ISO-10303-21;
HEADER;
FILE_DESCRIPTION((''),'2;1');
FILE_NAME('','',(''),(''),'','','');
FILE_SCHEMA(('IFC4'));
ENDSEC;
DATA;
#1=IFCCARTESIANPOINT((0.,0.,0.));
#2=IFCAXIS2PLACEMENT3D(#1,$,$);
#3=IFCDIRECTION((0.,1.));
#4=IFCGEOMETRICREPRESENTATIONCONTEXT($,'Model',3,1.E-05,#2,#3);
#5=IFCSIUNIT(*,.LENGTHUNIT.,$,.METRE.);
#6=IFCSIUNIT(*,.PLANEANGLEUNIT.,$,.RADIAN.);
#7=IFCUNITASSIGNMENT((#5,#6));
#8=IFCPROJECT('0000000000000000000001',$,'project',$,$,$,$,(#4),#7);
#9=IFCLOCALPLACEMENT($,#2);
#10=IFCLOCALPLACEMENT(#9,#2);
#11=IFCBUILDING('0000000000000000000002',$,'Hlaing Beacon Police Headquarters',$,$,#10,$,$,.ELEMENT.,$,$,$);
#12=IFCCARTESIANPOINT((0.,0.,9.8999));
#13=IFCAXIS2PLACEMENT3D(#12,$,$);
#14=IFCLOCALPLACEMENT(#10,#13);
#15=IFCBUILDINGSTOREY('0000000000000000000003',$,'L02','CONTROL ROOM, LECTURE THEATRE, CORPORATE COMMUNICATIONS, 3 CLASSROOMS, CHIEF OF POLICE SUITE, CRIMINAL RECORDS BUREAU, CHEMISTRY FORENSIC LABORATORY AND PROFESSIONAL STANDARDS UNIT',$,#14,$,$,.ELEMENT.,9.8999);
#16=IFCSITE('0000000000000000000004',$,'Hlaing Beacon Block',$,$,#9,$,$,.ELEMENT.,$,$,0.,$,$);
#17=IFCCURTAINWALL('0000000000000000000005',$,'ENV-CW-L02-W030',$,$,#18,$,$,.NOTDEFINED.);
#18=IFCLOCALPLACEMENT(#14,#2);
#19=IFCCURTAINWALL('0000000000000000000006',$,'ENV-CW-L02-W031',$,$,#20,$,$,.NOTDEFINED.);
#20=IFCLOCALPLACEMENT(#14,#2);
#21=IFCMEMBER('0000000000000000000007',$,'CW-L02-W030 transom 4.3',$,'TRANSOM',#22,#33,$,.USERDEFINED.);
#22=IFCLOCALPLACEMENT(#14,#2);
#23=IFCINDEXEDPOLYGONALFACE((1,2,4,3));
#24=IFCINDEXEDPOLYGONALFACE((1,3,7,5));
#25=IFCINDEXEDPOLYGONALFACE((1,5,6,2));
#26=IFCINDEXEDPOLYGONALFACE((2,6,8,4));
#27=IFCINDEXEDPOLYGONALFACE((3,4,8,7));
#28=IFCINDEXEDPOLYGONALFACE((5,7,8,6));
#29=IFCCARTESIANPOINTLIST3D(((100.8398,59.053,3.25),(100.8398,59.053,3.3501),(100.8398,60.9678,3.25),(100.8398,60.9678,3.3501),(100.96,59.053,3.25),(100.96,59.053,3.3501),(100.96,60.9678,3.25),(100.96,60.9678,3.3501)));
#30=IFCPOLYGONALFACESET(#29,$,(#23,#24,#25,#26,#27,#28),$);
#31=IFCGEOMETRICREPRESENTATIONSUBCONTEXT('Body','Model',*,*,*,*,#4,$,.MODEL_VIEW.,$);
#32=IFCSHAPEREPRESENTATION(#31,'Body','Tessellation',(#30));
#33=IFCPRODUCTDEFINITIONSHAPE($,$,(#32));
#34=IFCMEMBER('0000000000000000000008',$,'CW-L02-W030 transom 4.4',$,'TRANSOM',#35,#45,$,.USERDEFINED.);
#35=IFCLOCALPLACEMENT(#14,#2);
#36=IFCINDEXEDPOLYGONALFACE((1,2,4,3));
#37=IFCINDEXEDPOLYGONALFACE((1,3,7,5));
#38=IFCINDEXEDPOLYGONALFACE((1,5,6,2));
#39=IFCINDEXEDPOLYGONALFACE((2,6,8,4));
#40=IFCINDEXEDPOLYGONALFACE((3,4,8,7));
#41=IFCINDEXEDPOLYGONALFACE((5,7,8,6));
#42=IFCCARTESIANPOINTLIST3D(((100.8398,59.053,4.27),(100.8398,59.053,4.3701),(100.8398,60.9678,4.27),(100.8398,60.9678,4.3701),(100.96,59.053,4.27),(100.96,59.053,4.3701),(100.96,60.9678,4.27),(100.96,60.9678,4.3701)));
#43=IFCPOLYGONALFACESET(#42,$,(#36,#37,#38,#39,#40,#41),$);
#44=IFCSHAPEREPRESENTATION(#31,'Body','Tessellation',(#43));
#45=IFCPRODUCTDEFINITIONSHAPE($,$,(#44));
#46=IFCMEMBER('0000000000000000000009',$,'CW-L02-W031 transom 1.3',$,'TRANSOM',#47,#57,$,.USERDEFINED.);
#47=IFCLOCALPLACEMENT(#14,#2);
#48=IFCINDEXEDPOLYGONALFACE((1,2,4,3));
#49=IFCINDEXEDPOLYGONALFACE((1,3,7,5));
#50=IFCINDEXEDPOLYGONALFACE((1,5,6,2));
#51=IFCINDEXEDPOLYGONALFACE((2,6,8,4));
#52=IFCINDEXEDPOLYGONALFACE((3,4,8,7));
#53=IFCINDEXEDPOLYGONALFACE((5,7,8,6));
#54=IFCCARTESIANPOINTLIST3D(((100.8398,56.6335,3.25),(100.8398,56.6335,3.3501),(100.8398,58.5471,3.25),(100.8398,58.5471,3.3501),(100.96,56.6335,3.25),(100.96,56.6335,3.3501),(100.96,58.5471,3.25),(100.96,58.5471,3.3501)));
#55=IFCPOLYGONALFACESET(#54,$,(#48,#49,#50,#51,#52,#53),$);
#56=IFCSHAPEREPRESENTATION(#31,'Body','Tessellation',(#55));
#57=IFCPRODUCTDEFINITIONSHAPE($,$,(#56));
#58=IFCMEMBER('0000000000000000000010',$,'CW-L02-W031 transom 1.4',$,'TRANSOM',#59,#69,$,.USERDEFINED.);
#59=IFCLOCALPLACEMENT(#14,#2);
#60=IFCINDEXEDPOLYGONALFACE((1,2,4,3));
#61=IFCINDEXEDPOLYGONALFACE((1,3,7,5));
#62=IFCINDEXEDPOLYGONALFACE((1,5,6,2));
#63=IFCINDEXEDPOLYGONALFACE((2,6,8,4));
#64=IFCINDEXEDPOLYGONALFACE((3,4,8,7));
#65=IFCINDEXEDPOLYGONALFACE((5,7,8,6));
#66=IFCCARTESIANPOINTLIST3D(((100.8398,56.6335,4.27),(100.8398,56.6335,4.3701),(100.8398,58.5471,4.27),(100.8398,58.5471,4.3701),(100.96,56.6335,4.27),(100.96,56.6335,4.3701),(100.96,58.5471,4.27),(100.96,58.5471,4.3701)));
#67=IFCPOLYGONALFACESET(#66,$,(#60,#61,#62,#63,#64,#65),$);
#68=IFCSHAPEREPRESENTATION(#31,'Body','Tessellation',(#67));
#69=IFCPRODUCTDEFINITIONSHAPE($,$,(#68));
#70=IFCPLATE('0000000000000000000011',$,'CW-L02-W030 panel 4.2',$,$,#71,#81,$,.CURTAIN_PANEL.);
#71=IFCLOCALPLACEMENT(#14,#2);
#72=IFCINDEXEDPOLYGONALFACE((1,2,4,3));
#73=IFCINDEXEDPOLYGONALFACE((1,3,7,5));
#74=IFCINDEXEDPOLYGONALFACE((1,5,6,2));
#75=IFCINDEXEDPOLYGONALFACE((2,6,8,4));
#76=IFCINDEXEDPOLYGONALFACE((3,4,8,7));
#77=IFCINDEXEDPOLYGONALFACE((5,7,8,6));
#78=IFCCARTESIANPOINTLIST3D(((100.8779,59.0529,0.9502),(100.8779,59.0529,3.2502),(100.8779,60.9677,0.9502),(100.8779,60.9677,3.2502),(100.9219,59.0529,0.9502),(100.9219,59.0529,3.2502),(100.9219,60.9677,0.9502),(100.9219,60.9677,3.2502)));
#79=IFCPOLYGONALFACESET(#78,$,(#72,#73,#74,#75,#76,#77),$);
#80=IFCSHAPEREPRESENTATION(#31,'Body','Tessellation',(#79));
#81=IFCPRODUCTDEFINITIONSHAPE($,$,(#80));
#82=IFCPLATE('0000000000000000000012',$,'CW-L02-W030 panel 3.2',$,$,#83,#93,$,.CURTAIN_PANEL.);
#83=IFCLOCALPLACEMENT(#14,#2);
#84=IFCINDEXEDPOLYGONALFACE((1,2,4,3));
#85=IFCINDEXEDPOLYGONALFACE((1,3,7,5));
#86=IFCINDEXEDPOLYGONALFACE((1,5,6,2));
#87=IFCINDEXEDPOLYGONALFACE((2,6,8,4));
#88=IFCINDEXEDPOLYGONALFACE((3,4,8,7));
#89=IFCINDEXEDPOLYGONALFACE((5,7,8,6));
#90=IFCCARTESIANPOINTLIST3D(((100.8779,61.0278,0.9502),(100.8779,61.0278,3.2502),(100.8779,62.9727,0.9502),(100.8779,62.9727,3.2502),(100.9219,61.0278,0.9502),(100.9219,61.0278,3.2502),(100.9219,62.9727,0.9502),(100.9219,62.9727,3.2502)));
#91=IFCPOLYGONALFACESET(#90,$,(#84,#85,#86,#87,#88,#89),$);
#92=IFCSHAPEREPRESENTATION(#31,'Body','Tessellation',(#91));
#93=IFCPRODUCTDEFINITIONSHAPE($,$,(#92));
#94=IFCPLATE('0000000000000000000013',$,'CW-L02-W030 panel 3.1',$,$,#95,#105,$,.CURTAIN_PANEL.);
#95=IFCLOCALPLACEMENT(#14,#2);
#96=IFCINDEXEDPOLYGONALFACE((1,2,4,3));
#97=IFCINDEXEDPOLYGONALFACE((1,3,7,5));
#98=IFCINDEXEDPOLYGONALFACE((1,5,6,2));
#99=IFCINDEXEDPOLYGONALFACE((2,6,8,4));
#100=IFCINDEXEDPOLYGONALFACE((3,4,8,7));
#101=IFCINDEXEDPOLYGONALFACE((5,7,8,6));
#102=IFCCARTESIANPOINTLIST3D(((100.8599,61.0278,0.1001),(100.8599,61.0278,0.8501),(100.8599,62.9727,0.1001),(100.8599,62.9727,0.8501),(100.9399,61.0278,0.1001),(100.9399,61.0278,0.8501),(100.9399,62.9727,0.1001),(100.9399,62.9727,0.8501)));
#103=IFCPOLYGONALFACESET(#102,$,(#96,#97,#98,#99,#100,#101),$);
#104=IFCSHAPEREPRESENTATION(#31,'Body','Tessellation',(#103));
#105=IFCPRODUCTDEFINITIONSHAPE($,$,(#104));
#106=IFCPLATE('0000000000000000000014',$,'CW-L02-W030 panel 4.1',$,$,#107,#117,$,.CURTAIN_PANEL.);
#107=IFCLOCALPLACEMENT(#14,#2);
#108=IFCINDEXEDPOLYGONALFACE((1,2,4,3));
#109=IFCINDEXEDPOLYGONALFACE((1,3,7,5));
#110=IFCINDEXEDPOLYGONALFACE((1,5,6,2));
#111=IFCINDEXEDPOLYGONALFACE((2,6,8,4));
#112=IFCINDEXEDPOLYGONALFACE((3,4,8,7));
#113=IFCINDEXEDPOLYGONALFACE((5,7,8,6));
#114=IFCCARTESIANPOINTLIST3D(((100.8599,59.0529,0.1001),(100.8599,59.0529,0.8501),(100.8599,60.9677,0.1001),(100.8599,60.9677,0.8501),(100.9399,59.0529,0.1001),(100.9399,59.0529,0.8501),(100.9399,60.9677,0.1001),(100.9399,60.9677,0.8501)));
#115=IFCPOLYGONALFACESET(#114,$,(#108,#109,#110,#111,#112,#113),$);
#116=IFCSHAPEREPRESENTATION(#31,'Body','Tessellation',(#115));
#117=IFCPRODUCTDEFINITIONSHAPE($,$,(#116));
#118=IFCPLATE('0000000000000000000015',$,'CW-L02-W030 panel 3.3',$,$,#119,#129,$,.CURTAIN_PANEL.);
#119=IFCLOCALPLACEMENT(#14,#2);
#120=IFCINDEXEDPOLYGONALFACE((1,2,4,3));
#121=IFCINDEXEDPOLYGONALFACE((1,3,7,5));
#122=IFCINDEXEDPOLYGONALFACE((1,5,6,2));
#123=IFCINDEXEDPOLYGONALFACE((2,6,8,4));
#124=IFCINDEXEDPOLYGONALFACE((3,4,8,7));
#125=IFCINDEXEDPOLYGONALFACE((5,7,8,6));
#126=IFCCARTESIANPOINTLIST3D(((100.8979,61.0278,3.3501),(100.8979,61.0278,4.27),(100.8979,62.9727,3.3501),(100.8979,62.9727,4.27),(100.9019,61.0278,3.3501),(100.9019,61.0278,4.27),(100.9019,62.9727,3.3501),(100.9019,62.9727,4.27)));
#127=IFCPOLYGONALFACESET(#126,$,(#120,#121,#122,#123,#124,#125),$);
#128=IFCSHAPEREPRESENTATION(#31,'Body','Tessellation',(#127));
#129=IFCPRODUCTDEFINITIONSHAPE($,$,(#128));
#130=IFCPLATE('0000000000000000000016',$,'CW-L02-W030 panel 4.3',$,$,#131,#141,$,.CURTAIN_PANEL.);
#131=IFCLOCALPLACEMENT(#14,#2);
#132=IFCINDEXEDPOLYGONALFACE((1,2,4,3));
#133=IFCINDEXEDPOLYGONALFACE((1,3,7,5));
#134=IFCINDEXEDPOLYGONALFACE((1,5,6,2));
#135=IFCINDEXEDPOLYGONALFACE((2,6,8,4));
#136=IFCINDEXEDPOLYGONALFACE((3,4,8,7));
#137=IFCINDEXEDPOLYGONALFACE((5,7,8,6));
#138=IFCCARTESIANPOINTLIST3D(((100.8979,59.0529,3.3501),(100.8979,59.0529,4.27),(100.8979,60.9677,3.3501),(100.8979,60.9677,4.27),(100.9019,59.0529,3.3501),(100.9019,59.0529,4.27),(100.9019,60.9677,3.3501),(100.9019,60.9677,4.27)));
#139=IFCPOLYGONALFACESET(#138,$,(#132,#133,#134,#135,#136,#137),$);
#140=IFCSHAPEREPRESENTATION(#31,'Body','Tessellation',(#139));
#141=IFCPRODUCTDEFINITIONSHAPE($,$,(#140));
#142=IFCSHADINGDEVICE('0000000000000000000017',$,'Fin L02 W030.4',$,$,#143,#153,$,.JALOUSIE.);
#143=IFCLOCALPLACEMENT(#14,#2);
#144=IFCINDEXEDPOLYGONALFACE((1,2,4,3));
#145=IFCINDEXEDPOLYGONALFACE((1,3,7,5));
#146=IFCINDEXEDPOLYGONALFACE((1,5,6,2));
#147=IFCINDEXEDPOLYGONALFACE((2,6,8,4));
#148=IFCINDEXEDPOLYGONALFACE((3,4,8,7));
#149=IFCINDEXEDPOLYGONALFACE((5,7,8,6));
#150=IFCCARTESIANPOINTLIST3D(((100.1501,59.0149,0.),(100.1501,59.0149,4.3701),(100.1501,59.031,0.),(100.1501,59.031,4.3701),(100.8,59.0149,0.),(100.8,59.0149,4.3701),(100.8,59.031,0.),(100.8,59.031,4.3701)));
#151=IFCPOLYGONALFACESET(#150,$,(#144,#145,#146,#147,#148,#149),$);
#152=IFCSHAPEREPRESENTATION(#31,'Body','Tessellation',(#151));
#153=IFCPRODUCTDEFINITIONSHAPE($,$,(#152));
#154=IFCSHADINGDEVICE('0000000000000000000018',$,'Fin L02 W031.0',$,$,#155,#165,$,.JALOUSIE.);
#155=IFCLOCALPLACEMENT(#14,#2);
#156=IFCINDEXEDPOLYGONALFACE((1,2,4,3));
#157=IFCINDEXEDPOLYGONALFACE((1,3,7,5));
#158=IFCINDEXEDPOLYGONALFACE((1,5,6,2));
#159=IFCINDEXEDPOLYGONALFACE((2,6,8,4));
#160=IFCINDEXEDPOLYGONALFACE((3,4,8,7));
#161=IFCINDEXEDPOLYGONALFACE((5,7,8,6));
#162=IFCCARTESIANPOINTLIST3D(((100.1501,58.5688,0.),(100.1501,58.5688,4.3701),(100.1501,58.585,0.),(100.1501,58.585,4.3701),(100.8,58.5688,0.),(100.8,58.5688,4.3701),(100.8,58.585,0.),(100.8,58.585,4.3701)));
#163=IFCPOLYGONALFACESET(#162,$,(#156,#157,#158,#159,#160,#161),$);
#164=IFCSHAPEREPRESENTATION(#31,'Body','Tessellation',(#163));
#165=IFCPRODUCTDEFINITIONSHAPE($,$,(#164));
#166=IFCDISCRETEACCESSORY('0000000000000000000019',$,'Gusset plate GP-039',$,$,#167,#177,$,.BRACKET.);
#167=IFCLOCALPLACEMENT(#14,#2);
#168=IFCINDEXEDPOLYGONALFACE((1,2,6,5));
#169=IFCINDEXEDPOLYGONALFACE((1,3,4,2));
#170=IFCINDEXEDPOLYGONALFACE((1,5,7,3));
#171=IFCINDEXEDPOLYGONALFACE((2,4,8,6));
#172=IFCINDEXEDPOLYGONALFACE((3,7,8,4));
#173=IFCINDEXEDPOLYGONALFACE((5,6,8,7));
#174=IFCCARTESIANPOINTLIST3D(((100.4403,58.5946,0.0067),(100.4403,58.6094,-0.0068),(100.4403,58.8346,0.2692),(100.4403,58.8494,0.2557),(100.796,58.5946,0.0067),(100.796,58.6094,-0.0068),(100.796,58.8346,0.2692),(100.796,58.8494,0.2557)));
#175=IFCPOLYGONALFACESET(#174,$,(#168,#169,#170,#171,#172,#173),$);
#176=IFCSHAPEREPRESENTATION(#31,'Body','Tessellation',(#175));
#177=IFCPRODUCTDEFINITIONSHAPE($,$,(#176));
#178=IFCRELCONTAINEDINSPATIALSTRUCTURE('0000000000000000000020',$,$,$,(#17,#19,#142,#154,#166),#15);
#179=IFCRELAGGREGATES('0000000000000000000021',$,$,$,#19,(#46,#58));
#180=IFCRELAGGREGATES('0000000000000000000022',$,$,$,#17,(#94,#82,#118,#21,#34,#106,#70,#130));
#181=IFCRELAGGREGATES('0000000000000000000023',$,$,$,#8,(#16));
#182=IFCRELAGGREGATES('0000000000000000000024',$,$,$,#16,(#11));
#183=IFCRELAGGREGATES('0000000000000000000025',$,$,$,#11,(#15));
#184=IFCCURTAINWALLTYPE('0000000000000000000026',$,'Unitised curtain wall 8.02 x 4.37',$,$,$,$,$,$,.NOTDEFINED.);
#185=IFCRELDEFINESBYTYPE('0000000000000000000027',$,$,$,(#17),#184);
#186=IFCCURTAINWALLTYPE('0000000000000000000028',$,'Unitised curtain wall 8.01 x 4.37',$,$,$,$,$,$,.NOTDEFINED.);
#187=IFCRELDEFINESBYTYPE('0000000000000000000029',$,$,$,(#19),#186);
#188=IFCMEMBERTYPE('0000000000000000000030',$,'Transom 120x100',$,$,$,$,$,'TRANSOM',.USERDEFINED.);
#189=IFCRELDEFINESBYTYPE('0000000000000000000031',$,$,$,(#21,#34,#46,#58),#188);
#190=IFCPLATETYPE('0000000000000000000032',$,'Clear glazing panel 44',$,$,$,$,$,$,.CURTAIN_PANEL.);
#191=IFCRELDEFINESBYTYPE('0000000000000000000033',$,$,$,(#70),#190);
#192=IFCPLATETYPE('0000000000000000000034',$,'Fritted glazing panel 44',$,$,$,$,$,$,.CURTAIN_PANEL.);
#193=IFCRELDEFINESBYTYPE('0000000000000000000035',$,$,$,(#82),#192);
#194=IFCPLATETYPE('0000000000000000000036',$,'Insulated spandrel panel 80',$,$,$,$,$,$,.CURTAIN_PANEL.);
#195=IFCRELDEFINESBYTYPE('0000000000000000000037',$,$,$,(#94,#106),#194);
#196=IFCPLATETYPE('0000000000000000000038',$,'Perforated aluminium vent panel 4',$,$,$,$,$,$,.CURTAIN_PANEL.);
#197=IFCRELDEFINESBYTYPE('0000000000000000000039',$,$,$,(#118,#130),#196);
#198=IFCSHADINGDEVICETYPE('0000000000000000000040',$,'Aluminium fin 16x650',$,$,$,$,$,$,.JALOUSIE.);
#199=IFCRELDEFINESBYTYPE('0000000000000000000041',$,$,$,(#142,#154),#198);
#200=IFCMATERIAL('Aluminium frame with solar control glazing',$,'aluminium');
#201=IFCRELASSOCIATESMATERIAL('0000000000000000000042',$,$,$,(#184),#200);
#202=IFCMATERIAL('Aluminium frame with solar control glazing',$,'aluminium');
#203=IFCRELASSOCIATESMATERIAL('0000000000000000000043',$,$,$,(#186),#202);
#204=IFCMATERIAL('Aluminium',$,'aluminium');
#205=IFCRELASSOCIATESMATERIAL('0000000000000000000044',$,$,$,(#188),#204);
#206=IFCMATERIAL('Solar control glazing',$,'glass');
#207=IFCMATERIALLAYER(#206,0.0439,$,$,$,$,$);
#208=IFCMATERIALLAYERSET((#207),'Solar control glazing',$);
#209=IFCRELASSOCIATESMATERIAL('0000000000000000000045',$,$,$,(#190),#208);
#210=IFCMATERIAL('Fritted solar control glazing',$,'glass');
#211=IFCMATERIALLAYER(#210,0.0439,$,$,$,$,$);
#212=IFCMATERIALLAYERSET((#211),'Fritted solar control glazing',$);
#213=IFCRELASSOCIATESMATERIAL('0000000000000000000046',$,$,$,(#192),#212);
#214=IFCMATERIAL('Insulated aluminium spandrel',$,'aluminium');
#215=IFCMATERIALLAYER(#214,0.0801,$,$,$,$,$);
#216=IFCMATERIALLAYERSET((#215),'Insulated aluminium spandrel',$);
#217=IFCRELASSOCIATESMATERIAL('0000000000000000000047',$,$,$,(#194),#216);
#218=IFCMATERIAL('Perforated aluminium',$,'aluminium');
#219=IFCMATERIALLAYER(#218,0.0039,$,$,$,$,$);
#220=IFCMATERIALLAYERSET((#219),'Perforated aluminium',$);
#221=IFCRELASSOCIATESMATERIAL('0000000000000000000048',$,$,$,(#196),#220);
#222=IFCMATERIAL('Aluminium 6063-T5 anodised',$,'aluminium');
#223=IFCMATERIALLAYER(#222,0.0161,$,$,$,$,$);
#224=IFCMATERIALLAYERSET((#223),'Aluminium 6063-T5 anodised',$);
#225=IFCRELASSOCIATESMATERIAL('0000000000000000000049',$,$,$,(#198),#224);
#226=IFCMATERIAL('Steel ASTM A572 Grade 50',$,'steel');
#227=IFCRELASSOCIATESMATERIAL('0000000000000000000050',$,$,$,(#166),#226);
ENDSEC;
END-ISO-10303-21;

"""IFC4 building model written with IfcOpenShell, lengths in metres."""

from ifc_helpers import new_model, si_unit, direction, frame, origin, origin_2d, place, context, subcontext, project, spatial, rectangle, extrude, material, layer, layer_set, material_profile, profile_set, type_object, element, aggregate, save


model = new_model("IFC4")

# Units and contexts
model_context = context("Model", 3, precision=1e-05, world=origin(), true_north=direction((0.0, 1.0)))
body_context = subcontext(model_context, "Body", "Model", "MODEL_VIEW")
ifc_project = project(units=[si_unit("LENGTHUNIT", "METRE"), si_unit("PLANEANGLEUNIT", "RADIAN")], contexts=[model_context])

# Site, building, storey
site_placement = place(None, origin())
site = spatial("IfcSite", under=ifc_project, at=site_placement, Name="Hlaing Beacon Block", CompositionType="ELEMENT", RefElevation=0.0)
building_placement = place(site_placement, origin())
building = spatial("IfcBuilding", under=site, at=building_placement, Name="Hlaing Beacon Police Headquarters", CompositionType="ELEMENT")
storey_placement = place(building_placement, frame((0.0, 0.0, 9.8999)))
storey = spatial("IfcBuildingStorey", under=building, at=storey_placement, Name="L02", Description="CONTROL ROOM, LECTURE THEATRE, CORPORATE COMMUNICATIONS, 3 CLASSROOMS, CHIEF OF POLICE SUITE, CRIMINAL RECORDS BUREAU, CHEMISTRY FORENSIC LABORATORY AND PROFESSIONAL STANDARDS UNIT", CompositionType="ELEMENT", Elevation=9.8999)

# Curtain wall
ifc_material_1 = material(Name="Aluminium frame with solar control glazing", Category="aluminium")
curtain_wall_type_1 = type_object("IfcCurtainWallType", Name="Unitised curtain wall 8.02 x 4.37", PredefinedType="NOTDEFINED", material=ifc_material_1)
curtain_wall_1_placement = place(storey_placement, origin())
curtain_wall_1 = element("IfcCurtainWall", 1, at=curtain_wall_1_placement, inside=storey, type_object=curtain_wall_type_1, Name="ENV-CW-L02-W030", PredefinedType="NOTDEFINED")

# Curtain wall
ifc_material_2 = material(Name="Aluminium frame with solar control glazing", Category="aluminium")
curtain_wall_type_2 = type_object("IfcCurtainWallType", Name="Unitised curtain wall 8.01 x 4.37", PredefinedType="NOTDEFINED", material=ifc_material_2)
curtain_wall_2_placement = place(storey_placement, origin())
curtain_wall_2 = element("IfcCurtainWall", 2, at=curtain_wall_2_placement, inside=storey, type_object=curtain_wall_type_2, Name="ENV-CW-L02-W031", PredefinedType="NOTDEFINED")

# Members
ifc_material_3 = material(Name="Aluminium", Category="aluminium")
ifc_material_profile_1 = material_profile(ifc_material_3, rectangle(XDim=0.1201, YDim=0.1001, at=origin_2d()), Name="Transom 120x100")
ifc_profile_set_1 = profile_set([ifc_material_profile_1], Name="Aluminium")
member_type_1 = type_object("IfcMemberType", Name="Transom 120x100", ElementType="TRANSOM", PredefinedType="USERDEFINED", material=ifc_profile_set_1)
member_1_placement = place(storey_placement, frame((100.8999, 60.9678, 3.3), z_axis=(0.0, -1.0, 0.0), x_axis=(1.0, 0.0, 0.0)))
member_1 = element("IfcMember", 3, at=member_1_placement, type_object=member_type_1, Name="CW-L02-W030 transom 4.3", ObjectType="TRANSOM", PredefinedType="USERDEFINED", context=body_context, shape_type="SweptSolid", body=[
    extrude(rectangle(XDim=0.1201, YDim=0.1001, at=origin_2d()), origin(), (0.0, 0.0, 1.0), 1.9148),
])
member_2_placement = place(storey_placement, frame((100.8999, 60.9678, 4.3201), z_axis=(0.0, -1.0, 0.0), x_axis=(1.0, 0.0, 0.0)))
member_2 = element("IfcMember", 4, at=member_2_placement, type_object=member_type_1, Name="CW-L02-W030 transom 4.4", ObjectType="TRANSOM", PredefinedType="USERDEFINED", context=body_context, shape_type="SweptSolid", body=[
    extrude(rectangle(XDim=0.1201, YDim=0.1001, at=origin_2d()), origin(), (0.0, 0.0, 1.0), 1.9148),
])
member_3_placement = place(storey_placement, frame((100.8999, 58.5471, 3.3), z_axis=(0.0, -1.0, 0.0), x_axis=(1.0, 0.0, 0.0)))
member_3 = element("IfcMember", 5, at=member_3_placement, type_object=member_type_1, Name="CW-L02-W031 transom 1.3", ObjectType="TRANSOM", PredefinedType="USERDEFINED", context=body_context, shape_type="SweptSolid", body=[
    extrude(rectangle(XDim=0.1201, YDim=0.1001, at=origin_2d()), origin(), (0.0, 0.0, 1.0), 1.9136),
])
member_4_placement = place(storey_placement, frame((100.8999, 58.5471, 4.3201), z_axis=(0.0, -1.0, 0.0), x_axis=(1.0, 0.0, 0.0)))
member_4 = element("IfcMember", 6, at=member_4_placement, type_object=member_type_1, Name="CW-L02-W031 transom 1.4", ObjectType="TRANSOM", PredefinedType="USERDEFINED", context=body_context, shape_type="SweptSolid", body=[
    extrude(rectangle(XDim=0.1201, YDim=0.1001, at=origin_2d()), origin(), (0.0, 0.0, 1.0), 1.9136),
])
aggregate(curtain_wall_2, [member_3, member_4])

# Plates
ifc_material_4 = material(Name="Solar control glazing", Category="glass")
ifc_layer_1 = layer(ifc_material_4, 0.0439)
ifc_layer_set_1 = layer_set([ifc_layer_1], Name="Solar control glazing")
plate_type_1 = type_object("IfcPlateType", Name="Clear glazing panel 44", PredefinedType="CURTAIN_PANEL", material=ifc_layer_set_1)
plate_1_placement = place(storey_placement, frame((100.8999, 60.0103, 0.9502), z_axis=(0.0, 0.0, 1.0), x_axis=(0.0, -1.0, 0.0)))
plate_1 = element("IfcPlate", 7, at=plate_1_placement, type_object=plate_type_1, Name="CW-L02-W030 panel 4.2", PredefinedType="CURTAIN_PANEL", context=body_context, shape_type="SweptSolid", body=[
    extrude(rectangle(XDim=1.9148, YDim=0.0439, at=origin_2d()), origin(), (0.0, 0.0, 1.0), 2.3),
])
ifc_material_5 = material(Name="Fritted solar control glazing", Category="glass")
ifc_layer_2 = layer(ifc_material_5, 0.0439)
ifc_layer_set_2 = layer_set([ifc_layer_2], Name="Fritted solar control glazing")
plate_type_2 = type_object("IfcPlateType", Name="Fritted glazing panel 44", PredefinedType="CURTAIN_PANEL", material=ifc_layer_set_2)
plate_2_placement = place(storey_placement, frame((100.8999, 62.0002, 0.9502), z_axis=(0.0, 0.0, 1.0), x_axis=(0.0, -1.0, 0.0)))
plate_2 = element("IfcPlate", 8, at=plate_2_placement, type_object=plate_type_2, Name="CW-L02-W030 panel 3.2", PredefinedType="CURTAIN_PANEL", context=body_context, shape_type="SweptSolid", body=[
    extrude(rectangle(XDim=1.9448, YDim=0.0439, at=origin_2d()), origin(), (0.0, 0.0, 1.0), 2.3),
])
ifc_material_6 = material(Name="Insulated aluminium spandrel", Category="aluminium")
ifc_layer_3 = layer(ifc_material_6, 0.0801)
ifc_layer_set_3 = layer_set([ifc_layer_3], Name="Insulated aluminium spandrel")
plate_type_3 = type_object("IfcPlateType", Name="Insulated spandrel panel 80", PredefinedType="CURTAIN_PANEL", material=ifc_layer_set_3)
plate_3_placement = place(storey_placement, frame((100.8999, 62.0002, 0.1001), z_axis=(0.0, 0.0, 1.0), x_axis=(0.0, -1.0, 0.0)))
plate_3 = element("IfcPlate", 9, at=plate_3_placement, type_object=plate_type_3, Name="CW-L02-W030 panel 3.1", PredefinedType="CURTAIN_PANEL", context=body_context, shape_type="SweptSolid", body=[
    extrude(rectangle(XDim=1.9448, YDim=0.0801, at=origin_2d()), origin(), (0.0, 0.0, 1.0), 0.75),
])
plate_4_placement = place(storey_placement, frame((100.8999, 60.0103, 0.1001), z_axis=(0.0, 0.0, 1.0), x_axis=(0.0, -1.0, 0.0)))
plate_4 = element("IfcPlate", 10, at=plate_4_placement, type_object=plate_type_3, Name="CW-L02-W030 panel 4.1", PredefinedType="CURTAIN_PANEL", context=body_context, shape_type="SweptSolid", body=[
    extrude(rectangle(XDim=1.9148, YDim=0.0801, at=origin_2d()), origin(), (0.0, 0.0, 1.0), 0.75),
])
ifc_material_7 = material(Name="Perforated aluminium", Category="aluminium")
ifc_layer_4 = layer(ifc_material_7, 0.0039)
ifc_layer_set_4 = layer_set([ifc_layer_4], Name="Perforated aluminium")
plate_type_4 = type_object("IfcPlateType", Name="Perforated aluminium vent panel 4", PredefinedType="CURTAIN_PANEL", material=ifc_layer_set_4)
plate_5_placement = place(storey_placement, frame((100.8999, 62.0002, 3.3501), z_axis=(0.0, 0.0, 1.0), x_axis=(0.0, -1.0, 0.0)))
plate_5 = element("IfcPlate", 11, at=plate_5_placement, type_object=plate_type_4, Name="CW-L02-W030 panel 3.3", PredefinedType="CURTAIN_PANEL", context=body_context, shape_type="SweptSolid", body=[
    extrude(rectangle(XDim=1.9448, YDim=0.0039, at=origin_2d()), origin(), (0.0, 0.0, 1.0), 0.9199),
])
plate_6_placement = place(storey_placement, frame((100.8999, 60.0103, 3.3501), z_axis=(0.0, 0.0, 1.0), x_axis=(0.0, -1.0, 0.0)))
plate_6 = element("IfcPlate", 12, at=plate_6_placement, type_object=plate_type_4, Name="CW-L02-W030 panel 4.3", PredefinedType="CURTAIN_PANEL", context=body_context, shape_type="SweptSolid", body=[
    extrude(rectangle(XDim=1.9148, YDim=0.0039, at=origin_2d()), origin(), (0.0, 0.0, 1.0), 0.9199),
])
aggregate(curtain_wall_1, [plate_3, plate_2, plate_5, member_1, member_2, plate_4, plate_1, plate_6])

# Shading devices
ifc_material_8 = material(Name="Aluminium 6063-T5 anodised", Category="aluminium")
ifc_layer_5 = layer(ifc_material_8, 0.0161)
ifc_layer_set_5 = layer_set([ifc_layer_5], Name="Aluminium 6063-T5 anodised")
shading_device_type = type_object("IfcShadingDeviceType", Name="Aluminium fin 16x650", PredefinedType="JALOUSIE", material=ifc_layer_set_5)
for number, where, z_axis, x_axis, name in (
    (13, (100.4751, 59.0229, 0.0), (0.0, 0.0, 1.0), (0.0, -1.0, 0.0), "Fin L02 W030.4"),
    (14, (100.4751, 58.5769, 0.0), (0.0, 0.0, 1.0), (0.0, -1.0, 0.0), "Fin L02 W031.0"),
):
    element("IfcShadingDevice", number, at=place(storey_placement, frame(where, z_axis=z_axis, x_axis=x_axis)), inside=storey, type_object=shading_device_type, Name=name, PredefinedType="JALOUSIE", context=body_context, shape_type="SweptSolid", body=[
        extrude(rectangle(XDim=0.0161, YDim=0.6499, at=origin_2d()), origin(), (0.0, 0.0, 1.0), 4.3701),
    ])

# Discrete accessory
ifc_material_9 = material(Name="Steel ASTM A572 Grade 50", Category="steel")
discrete_accessory_placement = place(storey_placement, frame((100.6182, 58.7146, 0.1379), z_axis=(0.0, 0.738008, -0.674792), x_axis=(-1.0, 0.0, 0.0)))
element("IfcDiscreteAccessory", 15, at=discrete_accessory_placement, inside=storey, material=ifc_material_9, Name="Gusset plate GP-039", PredefinedType="BRACKET", context=body_context, shape_type="SweptSolid", body=[
    extrude(rectangle(XDim=0.3557, YDim=0.3557, at=origin_2d()), origin(), (0.0, 0.0, 1.0), 0.02),
])

save(model, "model.ifc")
